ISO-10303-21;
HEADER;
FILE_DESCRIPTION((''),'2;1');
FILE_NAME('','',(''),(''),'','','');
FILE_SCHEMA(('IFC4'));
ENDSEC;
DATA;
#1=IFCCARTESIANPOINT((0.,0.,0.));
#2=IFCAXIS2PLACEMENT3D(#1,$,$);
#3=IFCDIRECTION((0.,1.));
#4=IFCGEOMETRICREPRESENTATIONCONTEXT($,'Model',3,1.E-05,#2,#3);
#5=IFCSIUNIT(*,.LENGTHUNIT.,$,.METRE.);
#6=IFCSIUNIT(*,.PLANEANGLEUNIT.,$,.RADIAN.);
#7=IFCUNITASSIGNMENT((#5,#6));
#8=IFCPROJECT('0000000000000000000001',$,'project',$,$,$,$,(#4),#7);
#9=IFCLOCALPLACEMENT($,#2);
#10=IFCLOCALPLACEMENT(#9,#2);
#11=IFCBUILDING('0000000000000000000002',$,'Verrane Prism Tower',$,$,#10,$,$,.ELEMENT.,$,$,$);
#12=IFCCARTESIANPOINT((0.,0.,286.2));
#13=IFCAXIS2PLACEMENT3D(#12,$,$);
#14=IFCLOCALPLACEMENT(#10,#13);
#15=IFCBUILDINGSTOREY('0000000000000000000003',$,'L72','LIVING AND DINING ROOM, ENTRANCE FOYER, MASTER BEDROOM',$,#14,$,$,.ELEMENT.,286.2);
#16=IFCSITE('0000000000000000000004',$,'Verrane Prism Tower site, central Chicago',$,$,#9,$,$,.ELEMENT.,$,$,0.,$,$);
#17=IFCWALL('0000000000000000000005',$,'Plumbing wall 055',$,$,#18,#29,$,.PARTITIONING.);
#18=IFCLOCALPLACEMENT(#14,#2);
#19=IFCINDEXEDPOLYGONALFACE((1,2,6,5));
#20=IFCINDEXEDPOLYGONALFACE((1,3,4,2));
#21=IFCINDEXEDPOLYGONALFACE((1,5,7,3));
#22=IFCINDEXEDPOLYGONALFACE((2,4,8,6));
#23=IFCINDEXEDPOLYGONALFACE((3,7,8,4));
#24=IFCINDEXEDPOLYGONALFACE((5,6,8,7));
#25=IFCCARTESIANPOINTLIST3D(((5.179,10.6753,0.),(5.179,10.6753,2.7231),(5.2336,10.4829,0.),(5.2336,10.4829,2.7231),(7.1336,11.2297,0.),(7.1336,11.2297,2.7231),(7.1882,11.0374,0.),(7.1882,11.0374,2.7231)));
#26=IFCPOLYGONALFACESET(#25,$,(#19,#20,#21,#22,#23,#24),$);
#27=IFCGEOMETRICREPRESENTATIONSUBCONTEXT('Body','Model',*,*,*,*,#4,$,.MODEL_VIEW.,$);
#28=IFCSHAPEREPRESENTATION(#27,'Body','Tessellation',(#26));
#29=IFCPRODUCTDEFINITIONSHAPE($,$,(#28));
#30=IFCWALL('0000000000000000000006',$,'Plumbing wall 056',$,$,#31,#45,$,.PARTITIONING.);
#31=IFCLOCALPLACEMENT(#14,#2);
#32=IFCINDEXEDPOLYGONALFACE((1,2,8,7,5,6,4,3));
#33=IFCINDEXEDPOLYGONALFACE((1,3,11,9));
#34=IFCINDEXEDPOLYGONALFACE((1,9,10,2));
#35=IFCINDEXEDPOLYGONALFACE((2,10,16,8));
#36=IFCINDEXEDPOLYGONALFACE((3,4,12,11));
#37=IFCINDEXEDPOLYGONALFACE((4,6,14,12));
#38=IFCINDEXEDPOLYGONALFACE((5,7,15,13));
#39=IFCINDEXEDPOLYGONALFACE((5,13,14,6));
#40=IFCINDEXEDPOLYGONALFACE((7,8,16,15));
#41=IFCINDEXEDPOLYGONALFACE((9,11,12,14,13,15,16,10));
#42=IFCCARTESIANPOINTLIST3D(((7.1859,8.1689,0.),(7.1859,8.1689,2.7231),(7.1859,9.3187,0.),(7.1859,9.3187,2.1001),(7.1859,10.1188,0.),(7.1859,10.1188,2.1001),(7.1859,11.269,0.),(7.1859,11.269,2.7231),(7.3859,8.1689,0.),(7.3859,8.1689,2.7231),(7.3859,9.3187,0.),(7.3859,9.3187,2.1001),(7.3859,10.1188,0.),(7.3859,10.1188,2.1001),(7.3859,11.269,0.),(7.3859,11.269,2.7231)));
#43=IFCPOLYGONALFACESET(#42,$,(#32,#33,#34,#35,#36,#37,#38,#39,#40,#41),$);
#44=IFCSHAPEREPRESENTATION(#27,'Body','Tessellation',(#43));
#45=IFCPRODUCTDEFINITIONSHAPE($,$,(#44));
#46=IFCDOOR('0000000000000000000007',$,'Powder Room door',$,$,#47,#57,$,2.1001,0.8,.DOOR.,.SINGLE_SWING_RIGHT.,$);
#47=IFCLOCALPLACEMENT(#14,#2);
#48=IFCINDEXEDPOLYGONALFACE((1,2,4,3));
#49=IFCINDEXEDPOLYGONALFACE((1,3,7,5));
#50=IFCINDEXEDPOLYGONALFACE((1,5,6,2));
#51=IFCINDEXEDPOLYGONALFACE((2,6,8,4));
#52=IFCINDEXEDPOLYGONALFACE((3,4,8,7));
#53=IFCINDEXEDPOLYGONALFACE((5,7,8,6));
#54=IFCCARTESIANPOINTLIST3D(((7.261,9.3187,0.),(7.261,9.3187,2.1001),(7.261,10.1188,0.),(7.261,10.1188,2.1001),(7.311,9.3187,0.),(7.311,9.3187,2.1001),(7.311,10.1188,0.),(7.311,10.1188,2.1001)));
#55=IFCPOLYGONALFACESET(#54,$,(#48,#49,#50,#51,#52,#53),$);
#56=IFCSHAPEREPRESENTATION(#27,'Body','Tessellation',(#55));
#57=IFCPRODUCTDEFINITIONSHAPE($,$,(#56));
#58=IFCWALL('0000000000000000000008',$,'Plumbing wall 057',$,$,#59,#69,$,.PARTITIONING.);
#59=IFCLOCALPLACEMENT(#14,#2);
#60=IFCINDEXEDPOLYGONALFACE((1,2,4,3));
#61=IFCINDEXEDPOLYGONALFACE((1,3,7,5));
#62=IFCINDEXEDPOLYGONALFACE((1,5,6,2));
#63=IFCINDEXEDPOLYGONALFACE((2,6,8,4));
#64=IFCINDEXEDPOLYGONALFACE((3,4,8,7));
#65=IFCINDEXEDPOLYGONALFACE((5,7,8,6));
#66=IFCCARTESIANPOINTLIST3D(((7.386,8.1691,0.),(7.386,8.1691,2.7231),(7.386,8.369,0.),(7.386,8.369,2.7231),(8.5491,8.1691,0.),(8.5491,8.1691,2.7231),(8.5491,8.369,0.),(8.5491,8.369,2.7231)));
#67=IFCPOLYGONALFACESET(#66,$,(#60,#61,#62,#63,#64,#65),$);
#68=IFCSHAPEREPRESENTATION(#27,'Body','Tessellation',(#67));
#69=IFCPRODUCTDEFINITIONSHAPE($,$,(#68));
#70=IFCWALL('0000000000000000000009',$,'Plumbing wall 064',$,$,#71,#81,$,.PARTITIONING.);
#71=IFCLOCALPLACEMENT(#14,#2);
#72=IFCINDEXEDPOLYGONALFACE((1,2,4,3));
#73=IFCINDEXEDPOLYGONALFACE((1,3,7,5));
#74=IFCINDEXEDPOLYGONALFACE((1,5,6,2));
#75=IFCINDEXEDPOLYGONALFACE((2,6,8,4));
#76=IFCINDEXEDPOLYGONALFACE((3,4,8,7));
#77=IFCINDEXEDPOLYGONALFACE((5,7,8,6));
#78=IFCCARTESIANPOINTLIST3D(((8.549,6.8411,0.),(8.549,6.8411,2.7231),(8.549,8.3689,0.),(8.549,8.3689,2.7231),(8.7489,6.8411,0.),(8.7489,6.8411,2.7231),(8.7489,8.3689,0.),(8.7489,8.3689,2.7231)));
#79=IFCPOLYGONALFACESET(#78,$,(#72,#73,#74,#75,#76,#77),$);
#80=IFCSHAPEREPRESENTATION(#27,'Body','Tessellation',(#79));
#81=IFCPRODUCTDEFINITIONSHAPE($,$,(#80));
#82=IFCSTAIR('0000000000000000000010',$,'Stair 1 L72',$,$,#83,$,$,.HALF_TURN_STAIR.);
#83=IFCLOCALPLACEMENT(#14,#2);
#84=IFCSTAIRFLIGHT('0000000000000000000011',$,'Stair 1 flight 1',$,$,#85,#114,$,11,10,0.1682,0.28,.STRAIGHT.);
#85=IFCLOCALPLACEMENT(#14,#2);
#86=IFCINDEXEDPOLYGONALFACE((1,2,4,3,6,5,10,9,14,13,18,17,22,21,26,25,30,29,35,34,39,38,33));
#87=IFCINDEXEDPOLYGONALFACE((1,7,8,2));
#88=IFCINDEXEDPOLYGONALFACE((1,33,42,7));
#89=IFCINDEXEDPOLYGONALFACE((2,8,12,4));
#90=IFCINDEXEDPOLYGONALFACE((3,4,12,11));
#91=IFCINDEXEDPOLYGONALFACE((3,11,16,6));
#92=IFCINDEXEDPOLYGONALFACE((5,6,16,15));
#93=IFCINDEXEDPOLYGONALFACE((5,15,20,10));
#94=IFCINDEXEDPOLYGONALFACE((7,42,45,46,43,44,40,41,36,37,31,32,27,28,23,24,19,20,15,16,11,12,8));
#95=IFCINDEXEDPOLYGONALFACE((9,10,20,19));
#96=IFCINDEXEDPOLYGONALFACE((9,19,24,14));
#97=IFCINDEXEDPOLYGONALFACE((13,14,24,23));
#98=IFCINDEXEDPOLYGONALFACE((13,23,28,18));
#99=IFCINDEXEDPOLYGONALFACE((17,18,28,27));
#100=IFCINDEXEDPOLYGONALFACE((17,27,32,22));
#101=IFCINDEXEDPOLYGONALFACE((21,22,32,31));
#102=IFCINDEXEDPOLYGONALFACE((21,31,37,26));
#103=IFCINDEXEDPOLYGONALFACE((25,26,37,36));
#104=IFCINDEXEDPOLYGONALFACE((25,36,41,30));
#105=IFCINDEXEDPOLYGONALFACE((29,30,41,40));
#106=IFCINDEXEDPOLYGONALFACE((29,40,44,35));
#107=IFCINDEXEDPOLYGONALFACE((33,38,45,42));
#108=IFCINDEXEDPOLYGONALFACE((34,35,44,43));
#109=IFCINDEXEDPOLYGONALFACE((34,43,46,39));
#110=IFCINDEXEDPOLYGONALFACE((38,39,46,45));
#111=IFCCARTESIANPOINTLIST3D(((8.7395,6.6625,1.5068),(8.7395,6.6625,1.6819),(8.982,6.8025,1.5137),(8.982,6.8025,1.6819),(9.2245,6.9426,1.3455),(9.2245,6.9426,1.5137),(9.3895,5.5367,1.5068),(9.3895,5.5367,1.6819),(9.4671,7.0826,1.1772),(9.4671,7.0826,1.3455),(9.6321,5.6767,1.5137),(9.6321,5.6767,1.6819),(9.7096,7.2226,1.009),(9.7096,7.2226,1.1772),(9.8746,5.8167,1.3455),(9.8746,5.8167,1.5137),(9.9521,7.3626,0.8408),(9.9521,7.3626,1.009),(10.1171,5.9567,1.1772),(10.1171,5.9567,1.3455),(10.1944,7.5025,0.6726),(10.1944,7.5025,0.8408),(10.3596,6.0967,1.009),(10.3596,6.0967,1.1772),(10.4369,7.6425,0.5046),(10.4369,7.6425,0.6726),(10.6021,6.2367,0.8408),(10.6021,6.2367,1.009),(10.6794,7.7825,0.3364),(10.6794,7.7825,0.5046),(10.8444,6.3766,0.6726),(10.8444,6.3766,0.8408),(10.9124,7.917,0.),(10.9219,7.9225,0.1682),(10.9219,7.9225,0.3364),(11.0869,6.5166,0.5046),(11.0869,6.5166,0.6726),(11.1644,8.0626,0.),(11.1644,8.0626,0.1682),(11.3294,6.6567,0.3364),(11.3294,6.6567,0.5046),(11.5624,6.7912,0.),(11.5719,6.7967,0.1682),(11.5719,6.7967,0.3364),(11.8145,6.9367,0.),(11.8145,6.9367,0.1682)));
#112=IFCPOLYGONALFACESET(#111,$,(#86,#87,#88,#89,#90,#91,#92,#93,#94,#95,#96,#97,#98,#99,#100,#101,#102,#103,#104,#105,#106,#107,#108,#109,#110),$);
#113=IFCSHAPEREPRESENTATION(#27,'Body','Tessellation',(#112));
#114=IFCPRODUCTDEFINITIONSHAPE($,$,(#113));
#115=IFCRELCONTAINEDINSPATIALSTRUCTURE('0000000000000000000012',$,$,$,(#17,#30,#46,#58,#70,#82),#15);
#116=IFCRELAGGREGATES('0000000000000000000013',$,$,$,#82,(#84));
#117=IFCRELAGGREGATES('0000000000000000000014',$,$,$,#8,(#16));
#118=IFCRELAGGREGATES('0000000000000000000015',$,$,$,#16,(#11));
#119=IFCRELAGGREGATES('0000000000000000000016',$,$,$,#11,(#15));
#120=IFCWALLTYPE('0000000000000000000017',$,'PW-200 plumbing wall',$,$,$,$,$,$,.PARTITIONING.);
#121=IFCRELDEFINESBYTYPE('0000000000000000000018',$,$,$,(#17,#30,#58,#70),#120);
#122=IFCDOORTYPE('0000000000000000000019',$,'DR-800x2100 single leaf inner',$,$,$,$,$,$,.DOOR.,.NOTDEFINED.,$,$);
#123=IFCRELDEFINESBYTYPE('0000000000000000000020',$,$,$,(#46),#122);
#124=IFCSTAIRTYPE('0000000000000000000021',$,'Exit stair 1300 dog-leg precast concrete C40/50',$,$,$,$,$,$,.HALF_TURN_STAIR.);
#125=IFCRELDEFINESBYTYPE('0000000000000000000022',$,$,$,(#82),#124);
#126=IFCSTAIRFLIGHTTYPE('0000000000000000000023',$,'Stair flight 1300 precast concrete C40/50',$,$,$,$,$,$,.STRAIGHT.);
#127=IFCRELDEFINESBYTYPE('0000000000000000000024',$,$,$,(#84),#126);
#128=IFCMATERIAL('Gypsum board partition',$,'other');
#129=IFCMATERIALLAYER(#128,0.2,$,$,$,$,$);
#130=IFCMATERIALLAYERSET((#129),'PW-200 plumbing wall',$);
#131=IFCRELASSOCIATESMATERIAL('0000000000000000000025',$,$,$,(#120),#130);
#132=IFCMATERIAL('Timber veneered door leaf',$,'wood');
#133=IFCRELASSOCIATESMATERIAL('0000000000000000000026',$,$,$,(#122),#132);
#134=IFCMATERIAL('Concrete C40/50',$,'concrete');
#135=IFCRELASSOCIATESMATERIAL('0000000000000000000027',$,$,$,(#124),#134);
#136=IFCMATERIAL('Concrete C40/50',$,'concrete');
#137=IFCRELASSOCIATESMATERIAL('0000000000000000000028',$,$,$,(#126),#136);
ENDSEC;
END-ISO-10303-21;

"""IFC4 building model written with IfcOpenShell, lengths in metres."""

from ifc_helpers import new_model, si_unit, direction, frame, frame_2d, origin, place, context, subcontext, project, spatial, polyline, rectangle, outline, extrude, material, layer, layer_set, type_object, element, fill, aggregate, save


model = new_model("IFC4")

# Units and contexts
model_context = context("Model", 3, precision=1e-05, world=origin(), true_north=direction((0.0, 1.0)))
body_context = subcontext(model_context, "Body", "Model", "MODEL_VIEW")
ifc_project = project(units=[si_unit("LENGTHUNIT", "METRE"), si_unit("PLANEANGLEUNIT", "RADIAN")], contexts=[model_context])

# Site, building, storey
site_placement = place(None, origin())
site = spatial("IfcSite", under=ifc_project, at=site_placement, Name="Verrane Prism Tower site, central Chicago", CompositionType="ELEMENT", RefElevation=0.0)
building_placement = place(site_placement, origin())
building = spatial("IfcBuilding", under=site, at=building_placement, Name="Verrane Prism Tower", CompositionType="ELEMENT")
storey_placement = place(building_placement, frame((0.0, 0.0, 286.2)))
storey = spatial("IfcBuildingStorey", under=building, at=storey_placement, Name="L72", Description="LIVING AND DINING ROOM, ENTRANCE FOYER, MASTER BEDROOM", CompositionType="ELEMENT", Elevation=286.2)

# Shared definitions
ifc_material_1 = material(Name="Gypsum board partition", Category="other")
ifc_layer_1 = layer(ifc_material_1, 0.2)
ifc_layer_set_1 = layer_set([ifc_layer_1], Name="PW-200 plumbing wall")
wall_type_1 = type_object("IfcWallType", Name="PW-200 plumbing wall", PredefinedType="PARTITIONING", material=ifc_layer_set_1)

# Wall
wall_1_placement = place(storey_placement, frame((5.2063, 10.5791, 0.0), z_axis=(0.0, 0.0, 1.0), x_axis=(0.962044, 0.272895, 0.0)))
element("IfcWall", 1, at=wall_1_placement, inside=storey, type_object=wall_type_1, Name="Plumbing wall 055", PredefinedType="PARTITIONING", context=body_context, shape_type="SweptSolid", body=[
    extrude(rectangle(XDim=2.0317, YDim=0.2, at=frame_2d((1.0159, 0.0))), origin(), (0.0, 0.0, 1.0), 2.7231),
])

# Wall, opening, door
wall_2_placement = place(storey_placement, frame((7.2859, 8.1689, 0.0), z_axis=(0.0, 0.0, 1.0), x_axis=(0.0, 1.0, 0.0)))
wall_2 = element("IfcWall", 2, at=wall_2_placement, inside=storey, type_object=wall_type_1, Name="Plumbing wall 056", PredefinedType="PARTITIONING", context=body_context, shape_type="SweptSolid", body=[
    extrude(rectangle(XDim=3.1001, YDim=0.2, at=frame_2d((1.55, 0.0))), origin(), (0.0, 0.0, 1.0), 2.7231),
])
opening_1_placement = place(wall_2_placement, frame((1.1499, 0.0, 0.0)))
opening_1 = element("IfcOpeningElement", 3, at=opening_1_placement, cuts=wall_2, PredefinedType="OPENING", context=body_context, shape_type="SweptSolid", body=[
    extrude(rectangle(XDim=0.8, YDim=2.1001, at=frame_2d((0.3999, 1.05))), frame((0.0, 0.1099, 0.0), z_axis=(0.0, -1.0, 0.0), x_axis=(1.0, 0.0, 0.0)), (0.0, 0.0, 1.0), 0.22),
])
ifc_material_2 = material(Name="Timber veneered door leaf", Category="wood")
door_type_1 = type_object("IfcDoorType", Name="DR-800x2100 single leaf inner", OperationType="NOTDEFINED", PredefinedType="DOOR", material=ifc_material_2)
door_1_placement = place(opening_1_placement, origin())
door_1 = element("IfcDoor", 4, at=door_1_placement, inside=storey, type_object=door_type_1, Name="Powder Room door", OperationType="SINGLE_SWING_RIGHT", OverallHeight=2.1001, OverallWidth=0.8, PredefinedType="DOOR", context=body_context, shape_type="SweptSolid", body=[
    extrude(rectangle(XDim=0.8, YDim=2.1001, at=frame_2d((0.3999, 1.05))), frame((0.0, 0.0249, 0.0), z_axis=(0.0, -1.0, 0.0), x_axis=(1.0, 0.0, 0.0)), (0.0, 0.0, 1.0), 0.05),
])
fill(opening_1, door_1)

# Walls
wall_3_placement = place(storey_placement, frame((7.386, 8.269, 0.0), z_axis=(0.0, 0.0, 1.0), x_axis=(1.0, 0.0, 0.0)))
element("IfcWall", 5, at=wall_3_placement, inside=storey, type_object=wall_type_1, Name="Plumbing wall 057", PredefinedType="PARTITIONING", context=body_context, shape_type="SweptSolid", body=[
    extrude(rectangle(XDim=1.1631, YDim=0.2, at=frame_2d((0.5815, 0.0))), origin(), (0.0, 0.0, 1.0), 2.7231),
])
wall_4_placement = place(storey_placement, frame((8.6489, 6.8411, 0.0), z_axis=(0.0, 0.0, 1.0), x_axis=(0.0, 1.0, 0.0)))
element("IfcWall", 6, at=wall_4_placement, inside=storey, type_object=wall_type_1, Name="Plumbing wall 064", PredefinedType="PARTITIONING", context=body_context, shape_type="SweptSolid", body=[
    extrude(rectangle(XDim=1.5278, YDim=0.2, at=frame_2d((0.7639, 0.0))), origin(), (0.0, 0.0, 1.0), 2.7231),
])

# Stair, stair flight
ifc_material_3 = material(Name="Concrete C40/50", Category="concrete")
stair_type = type_object("IfcStairType", Name="Exit stair 1300 dog-leg precast concrete C40/50", PredefinedType="HALF_TURN_STAIR", material=ifc_material_3)
stair_placement = place(storey_placement, origin())
stair = element("IfcStair", 7, at=stair_placement, inside=storey, type_object=stair_type, Name="Stair 1 L72", PredefinedType="HALF_TURN_STAIR")
ifc_material_4 = material(Name="Concrete C40/50", Category="concrete")
stair_flight_type = type_object("IfcStairFlightType", Name="Stair flight 1300 precast concrete C40/50", PredefinedType="STRAIGHT", material=ifc_material_4)
stair_flight_placement = place(storey_placement, frame((11.4895, 7.4995, 0.0), z_axis=(0.0, 0.0, 1.0), x_axis=(-0.866025, -0.5, 0.0)))
stair_flight = element("IfcStairFlight", 8, at=stair_flight_placement, type_object=stair_flight_type, Name="Stair 1 flight 1", NumberOfRisers=11, NumberOfTreads=10, PredefinedType="STRAIGHT", RiserHeight=0.1682, TreadLength=0.28, context=body_context, shape_type="SweptSolid", body=[
    extrude(outline(polyline([(0.0, 0.0), (0.0, 0.1682), (0.28, 0.1682), (0.28, 0.3364), (0.5601, 0.3364), (0.5601, 0.5046), (0.8401, 0.5046), (0.8401, 0.6726), (1.1201, 0.6726), (1.1201, 0.8408), (1.3999, 0.8408), (1.3999, 1.009), (1.6799, 1.009), (1.6799, 1.1772), (1.96, 1.1772), (1.96, 1.3455), (2.24, 1.3455), (2.24, 1.5137), (2.52, 1.5137), (2.52, 1.6819), (2.8, 1.6819), (2.8, 1.8501), (2.8, 1.5068), (0.291, 0.0), (0.0, 0.0)])), frame((0.0, 0.6499, 0.0), z_axis=(0.0, -1.0, 0.0), x_axis=(1.0, 0.0, 0.0)), (0.0, 0.0, 1.0), 1.3),
])
aggregate(stair, [stair_flight])

save(model, "model.ifc")
